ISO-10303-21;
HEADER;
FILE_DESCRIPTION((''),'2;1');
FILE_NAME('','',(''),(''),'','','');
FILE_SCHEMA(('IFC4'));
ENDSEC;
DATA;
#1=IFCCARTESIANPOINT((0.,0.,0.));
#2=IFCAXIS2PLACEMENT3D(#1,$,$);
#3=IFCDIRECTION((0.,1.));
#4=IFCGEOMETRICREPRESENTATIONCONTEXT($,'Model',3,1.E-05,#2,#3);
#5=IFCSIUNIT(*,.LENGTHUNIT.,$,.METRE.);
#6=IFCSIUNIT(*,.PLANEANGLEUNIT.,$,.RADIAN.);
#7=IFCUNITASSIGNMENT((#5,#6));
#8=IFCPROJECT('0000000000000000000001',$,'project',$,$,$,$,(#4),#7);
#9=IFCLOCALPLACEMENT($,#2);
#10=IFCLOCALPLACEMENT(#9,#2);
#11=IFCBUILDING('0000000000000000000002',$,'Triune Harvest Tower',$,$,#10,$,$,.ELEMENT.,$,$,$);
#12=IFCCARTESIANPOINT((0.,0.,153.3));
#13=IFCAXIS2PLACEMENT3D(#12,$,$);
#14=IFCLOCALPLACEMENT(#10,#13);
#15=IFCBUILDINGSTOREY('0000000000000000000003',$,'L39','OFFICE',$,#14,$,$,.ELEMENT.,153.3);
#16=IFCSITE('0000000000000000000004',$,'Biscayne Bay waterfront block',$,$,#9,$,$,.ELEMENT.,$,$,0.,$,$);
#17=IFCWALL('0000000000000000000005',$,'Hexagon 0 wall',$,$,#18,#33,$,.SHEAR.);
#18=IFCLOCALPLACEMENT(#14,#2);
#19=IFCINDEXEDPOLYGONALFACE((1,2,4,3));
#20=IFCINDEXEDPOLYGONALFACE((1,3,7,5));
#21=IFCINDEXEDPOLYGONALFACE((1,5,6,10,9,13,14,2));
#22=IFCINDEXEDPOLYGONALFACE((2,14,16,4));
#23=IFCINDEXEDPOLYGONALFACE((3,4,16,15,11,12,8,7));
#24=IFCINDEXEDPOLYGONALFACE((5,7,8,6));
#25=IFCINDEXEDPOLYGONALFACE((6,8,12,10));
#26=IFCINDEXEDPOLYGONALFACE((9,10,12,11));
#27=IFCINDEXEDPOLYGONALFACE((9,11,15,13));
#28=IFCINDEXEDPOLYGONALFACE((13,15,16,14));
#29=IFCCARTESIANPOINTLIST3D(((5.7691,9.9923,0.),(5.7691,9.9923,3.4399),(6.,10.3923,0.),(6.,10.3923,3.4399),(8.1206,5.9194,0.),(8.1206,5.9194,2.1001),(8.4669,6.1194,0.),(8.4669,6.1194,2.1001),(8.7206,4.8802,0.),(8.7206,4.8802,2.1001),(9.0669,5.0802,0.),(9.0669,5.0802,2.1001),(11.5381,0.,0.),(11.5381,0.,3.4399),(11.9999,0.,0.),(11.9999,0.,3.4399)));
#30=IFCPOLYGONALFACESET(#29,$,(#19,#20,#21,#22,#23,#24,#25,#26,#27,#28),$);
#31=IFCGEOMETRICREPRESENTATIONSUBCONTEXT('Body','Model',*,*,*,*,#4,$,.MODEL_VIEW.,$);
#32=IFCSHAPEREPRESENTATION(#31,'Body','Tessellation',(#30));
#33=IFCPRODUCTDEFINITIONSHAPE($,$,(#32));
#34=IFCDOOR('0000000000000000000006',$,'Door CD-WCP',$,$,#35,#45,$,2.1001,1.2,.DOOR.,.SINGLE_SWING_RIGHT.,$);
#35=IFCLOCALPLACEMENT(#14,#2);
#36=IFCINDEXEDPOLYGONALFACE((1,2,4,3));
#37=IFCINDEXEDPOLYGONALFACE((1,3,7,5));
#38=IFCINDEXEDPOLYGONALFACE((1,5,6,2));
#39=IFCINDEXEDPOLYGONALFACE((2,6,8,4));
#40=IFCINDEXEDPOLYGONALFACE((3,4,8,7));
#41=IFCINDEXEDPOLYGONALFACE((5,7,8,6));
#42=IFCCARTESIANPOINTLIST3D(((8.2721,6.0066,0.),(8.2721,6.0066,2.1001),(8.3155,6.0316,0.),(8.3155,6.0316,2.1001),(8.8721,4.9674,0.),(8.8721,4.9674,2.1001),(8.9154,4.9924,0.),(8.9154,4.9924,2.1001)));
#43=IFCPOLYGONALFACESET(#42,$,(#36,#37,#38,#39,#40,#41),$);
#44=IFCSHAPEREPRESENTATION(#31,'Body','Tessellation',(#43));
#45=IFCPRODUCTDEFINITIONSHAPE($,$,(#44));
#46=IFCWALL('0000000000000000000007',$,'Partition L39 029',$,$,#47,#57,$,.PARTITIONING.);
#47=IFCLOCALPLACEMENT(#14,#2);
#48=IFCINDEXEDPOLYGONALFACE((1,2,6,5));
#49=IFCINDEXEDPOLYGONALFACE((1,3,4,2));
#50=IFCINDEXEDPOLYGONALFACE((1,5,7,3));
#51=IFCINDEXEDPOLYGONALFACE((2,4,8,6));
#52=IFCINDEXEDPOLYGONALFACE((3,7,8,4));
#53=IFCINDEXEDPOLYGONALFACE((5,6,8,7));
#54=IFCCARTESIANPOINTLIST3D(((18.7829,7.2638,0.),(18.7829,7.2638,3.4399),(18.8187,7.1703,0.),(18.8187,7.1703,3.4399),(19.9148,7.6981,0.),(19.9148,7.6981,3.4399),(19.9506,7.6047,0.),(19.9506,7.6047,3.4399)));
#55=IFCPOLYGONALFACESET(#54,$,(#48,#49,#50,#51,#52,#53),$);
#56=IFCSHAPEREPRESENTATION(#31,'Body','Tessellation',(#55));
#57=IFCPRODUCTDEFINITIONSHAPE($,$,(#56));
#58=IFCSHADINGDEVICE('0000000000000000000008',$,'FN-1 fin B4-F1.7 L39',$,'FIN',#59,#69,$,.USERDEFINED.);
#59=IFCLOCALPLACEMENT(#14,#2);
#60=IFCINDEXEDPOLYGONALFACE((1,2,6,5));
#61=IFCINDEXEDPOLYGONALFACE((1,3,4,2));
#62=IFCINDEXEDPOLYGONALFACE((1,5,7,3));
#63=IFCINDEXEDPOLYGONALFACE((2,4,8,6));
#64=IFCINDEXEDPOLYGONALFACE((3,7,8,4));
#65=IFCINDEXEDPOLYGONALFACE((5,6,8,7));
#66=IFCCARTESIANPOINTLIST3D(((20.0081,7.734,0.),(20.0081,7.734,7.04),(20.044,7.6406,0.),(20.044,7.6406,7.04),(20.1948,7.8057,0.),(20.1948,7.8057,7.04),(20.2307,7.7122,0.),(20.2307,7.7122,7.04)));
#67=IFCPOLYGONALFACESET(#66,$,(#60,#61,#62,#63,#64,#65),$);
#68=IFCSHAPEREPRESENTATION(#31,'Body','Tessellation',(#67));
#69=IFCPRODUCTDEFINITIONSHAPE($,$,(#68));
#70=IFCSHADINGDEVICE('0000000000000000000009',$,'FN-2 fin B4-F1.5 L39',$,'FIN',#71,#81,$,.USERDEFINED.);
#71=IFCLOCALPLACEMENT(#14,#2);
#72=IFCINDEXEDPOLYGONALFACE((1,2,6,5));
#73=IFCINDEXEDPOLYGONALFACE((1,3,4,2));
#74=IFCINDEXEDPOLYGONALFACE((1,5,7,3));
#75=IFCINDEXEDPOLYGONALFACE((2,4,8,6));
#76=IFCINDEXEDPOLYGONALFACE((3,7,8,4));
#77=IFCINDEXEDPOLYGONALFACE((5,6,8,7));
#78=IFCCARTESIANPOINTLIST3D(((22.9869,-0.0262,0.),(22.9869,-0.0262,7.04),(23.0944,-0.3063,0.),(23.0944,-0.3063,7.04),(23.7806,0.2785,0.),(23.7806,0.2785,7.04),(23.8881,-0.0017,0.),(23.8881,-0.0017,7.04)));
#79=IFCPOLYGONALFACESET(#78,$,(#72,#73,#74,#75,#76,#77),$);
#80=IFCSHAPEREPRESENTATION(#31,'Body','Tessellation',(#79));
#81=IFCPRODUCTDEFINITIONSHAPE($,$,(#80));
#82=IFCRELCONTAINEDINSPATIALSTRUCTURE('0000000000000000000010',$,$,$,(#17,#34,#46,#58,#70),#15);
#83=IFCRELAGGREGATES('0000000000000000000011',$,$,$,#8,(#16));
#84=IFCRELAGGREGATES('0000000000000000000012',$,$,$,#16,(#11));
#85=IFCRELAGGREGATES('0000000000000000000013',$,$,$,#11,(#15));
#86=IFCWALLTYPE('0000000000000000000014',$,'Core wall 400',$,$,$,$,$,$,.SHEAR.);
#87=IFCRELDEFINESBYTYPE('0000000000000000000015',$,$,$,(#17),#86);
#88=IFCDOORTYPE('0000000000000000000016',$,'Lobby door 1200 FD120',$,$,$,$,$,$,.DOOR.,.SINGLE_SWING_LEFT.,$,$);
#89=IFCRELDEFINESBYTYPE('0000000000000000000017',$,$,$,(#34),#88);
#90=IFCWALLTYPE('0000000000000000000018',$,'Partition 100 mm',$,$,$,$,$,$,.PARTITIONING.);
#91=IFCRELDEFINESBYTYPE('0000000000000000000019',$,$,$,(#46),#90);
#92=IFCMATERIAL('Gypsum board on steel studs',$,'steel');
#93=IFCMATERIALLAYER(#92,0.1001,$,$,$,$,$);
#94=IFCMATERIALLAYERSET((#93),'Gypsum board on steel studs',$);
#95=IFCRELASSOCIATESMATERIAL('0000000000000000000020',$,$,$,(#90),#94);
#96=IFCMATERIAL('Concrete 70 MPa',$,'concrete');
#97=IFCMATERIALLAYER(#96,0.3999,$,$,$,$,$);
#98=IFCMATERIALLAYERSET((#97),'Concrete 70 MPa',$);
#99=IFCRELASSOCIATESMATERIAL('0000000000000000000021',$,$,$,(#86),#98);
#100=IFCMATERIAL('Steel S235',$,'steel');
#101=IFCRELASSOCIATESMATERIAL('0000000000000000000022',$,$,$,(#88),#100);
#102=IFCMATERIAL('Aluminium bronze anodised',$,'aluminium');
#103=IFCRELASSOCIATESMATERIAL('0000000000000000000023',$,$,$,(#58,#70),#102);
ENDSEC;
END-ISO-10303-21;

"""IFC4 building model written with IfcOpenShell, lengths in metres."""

from ifc_helpers import new_model, si_unit, direction, frame, frame_2d, origin, origin_2d, place, context, subcontext, project, spatial, polyline, rectangle, outline, extrude, source, transform, mapped, material, layer, layer_set, type_object, element, fill, save


model = new_model("IFC4")

# Units and contexts
model_context = context("Model", 3, precision=1e-05, world=origin(), true_north=direction((0.0, 1.0)))
body_context = subcontext(model_context, "Body", "Model", "MODEL_VIEW")
ifc_project = project(units=[si_unit("LENGTHUNIT", "METRE"), si_unit("PLANEANGLEUNIT", "RADIAN")], contexts=[model_context])

# Site, building, storey
site_placement = place(None, origin())
site = spatial("IfcSite", under=ifc_project, at=site_placement, Name="Biscayne Bay waterfront block", CompositionType="ELEMENT", RefElevation=0.0)
building_placement = place(site_placement, origin())
building = spatial("IfcBuilding", under=site, at=building_placement, Name="Triune Harvest Tower", CompositionType="ELEMENT")
storey_placement = place(building_placement, frame((0.0, 0.0, 153.3)))
storey = spatial("IfcBuildingStorey", under=building, at=storey_placement, Name="L39", Description="OFFICE", CompositionType="ELEMENT", Elevation=153.3)

# Shared definitions
ifc_material_1 = material(Name="Gypsum board on steel studs", Category="steel")
ifc_layer_1 = layer(ifc_material_1, 0.1001)
ifc_layer_set_1 = layer_set([ifc_layer_1], Name="Gypsum board on steel studs")
wall_type_1 = type_object("IfcWallType", Name="Partition 100 mm", PredefinedType="PARTITIONING", material=ifc_layer_set_1)

# Wall, opening, door
ifc_material_2 = material(Name="Concrete 70 MPa", Category="concrete")
ifc_layer_2 = layer(ifc_material_2, 0.3999)
ifc_layer_set_2 = layer_set([ifc_layer_2], Name="Concrete 70 MPa")
wall_type_2 = type_object("IfcWallType", Name="Core wall 400", PredefinedType="SHEAR", material=ifc_layer_set_2)
shared_shape_1 = source(origin(), body_context, "Body", "SweptSolid", [
    extrude(outline(polyline([(-0.1155, -0.2), (11.8845, -0.2), (11.6536, 0.2), (0.1155, 0.2), (-0.1155, -0.2)])), origin(), (0.0, 0.0, 1.0), 3.4399),
])
wall_1_placement = place(storey_placement, frame((11.769, 0.0, 0.0), z_axis=(0.0, 0.0, 1.0), x_axis=(-0.499997, 0.866027, 0.0)))
wall_1 = element("IfcWall", 1, at=wall_1_placement, inside=storey, type_object=wall_type_2, Name="Hexagon 0 wall", PredefinedType="SHEAR", context=body_context, shape_type="MappedRepresentation", body=[
    mapped(shared_shape_1, transform((0.0, 0.0, 0.0), scale=1.0)),
])
opening_1_placement = place(wall_1_placement, frame((5.7505, 0.0, 0.0)))
opening_1 = element("IfcOpeningElement", 2, at=opening_1_placement, cuts=wall_1, PredefinedType="OPENING", context=body_context, shape_type="SweptSolid", body=[
    extrude(rectangle(XDim=1.2, YDim=2.1001, at=frame_2d((0.6001, 1.05))), frame((0.0, 0.21, 0.0), z_axis=(0.0, -1.0, 0.0), x_axis=(1.0, 0.0, 0.0)), (0.0, 0.0, 1.0), 0.4199),
])
ifc_material_3 = material(Name="Steel S235", Category="steel")
door_type_1 = type_object("IfcDoorType", Name="Lobby door 1200 FD120", OperationType="SINGLE_SWING_LEFT", PredefinedType="DOOR", material=ifc_material_3)
door_1_placement = place(opening_1_placement, frame((1.2, 0.0, 0.0), z_axis=(0.0, 0.0, 1.0), x_axis=(-1.0, 0.0, 0.0)))
door_1 = element("IfcDoor", 3, at=door_1_placement, inside=storey, type_object=door_type_1, Name="Door CD-WCP", OperationType="SINGLE_SWING_RIGHT", OverallHeight=2.1001, OverallWidth=1.2, PredefinedType="DOOR", context=body_context, shape_type="SweptSolid", body=[
    extrude(rectangle(XDim=1.2, YDim=2.1001, at=frame_2d((0.6001, 1.05))), frame((0.0, 0.0249, 0.0), z_axis=(0.0, -1.0, 0.0), x_axis=(1.0, 0.0, 0.0)), (0.0, 0.0, 1.0), 0.05),
])
fill(opening_1, door_1)

# Wall
shared_shape_2 = source(origin(), body_context, "Body", "SweptSolid", [
    extrude(rectangle(XDim=1.2124, YDim=0.1001, at=frame_2d((0.6062, 0.0))), origin(), (0.0, 0.0, 1.0), 3.4399),
])
wall_2_placement = place(storey_placement, frame((18.8008, 7.217, 0.0), z_axis=(0.0, 0.0, 1.0), x_axis=(0.93362, 0.358264, 0.0)))
element("IfcWall", 4, at=wall_2_placement, inside=storey, type_object=wall_type_1, Name="Partition L39 029", PredefinedType="PARTITIONING", context=body_context, shape_type="MappedRepresentation", body=[
    mapped(shared_shape_2, transform((0.0, 0.0, 0.0), scale=1.0)),
])

# Shading devices
ifc_material_4 = material(Name="Aluminium bronze anodised", Category="aluminium")
shared_shape_3 = source(origin(), body_context, "Body", "SweptSolid", [
    extrude(rectangle(XDim=0.1001, YDim=0.2, at=origin_2d()), origin(), (0.0, 0.0, 1.0), 7.04),
])
shading_device_1_placement = place(storey_placement, frame((20.1194, 7.7231, 0.0), z_axis=(0.0, 0.0, 1.0), x_axis=(-0.358369, 0.93358, 0.0)))
element("IfcShadingDevice", 5, at=shading_device_1_placement, inside=storey, material=ifc_material_4, Name="FN-1 fin B4-F1.7 L39", ObjectType="FIN", PredefinedType="USERDEFINED", context=body_context, shape_type="MappedRepresentation", body=[
    mapped(shared_shape_3, transform((0.0, 0.0, 0.0), scale=1.0)),
])
shared_shape_4 = source(origin(), body_context, "Body", "SweptSolid", [
    extrude(rectangle(XDim=0.3, YDim=0.8501, at=origin_2d()), origin(), (0.0, 0.0, 1.0), 7.04),
])
shading_device_2_placement = place(storey_placement, frame((23.4375, -0.0139, 0.0), z_axis=(0.0, 0.0, 1.0), x_axis=(-0.358369, 0.93358, 0.0)))
element("IfcShadingDevice", 6, at=shading_device_2_placement, inside=storey, material=ifc_material_4, Name="FN-2 fin B4-F1.5 L39", ObjectType="FIN", PredefinedType="USERDEFINED", context=body_context, shape_type="MappedRepresentation", body=[
    mapped(shared_shape_4, transform((0.0, 0.0, 0.0), scale=1.0)),
])

save(model, "model.ifc")
